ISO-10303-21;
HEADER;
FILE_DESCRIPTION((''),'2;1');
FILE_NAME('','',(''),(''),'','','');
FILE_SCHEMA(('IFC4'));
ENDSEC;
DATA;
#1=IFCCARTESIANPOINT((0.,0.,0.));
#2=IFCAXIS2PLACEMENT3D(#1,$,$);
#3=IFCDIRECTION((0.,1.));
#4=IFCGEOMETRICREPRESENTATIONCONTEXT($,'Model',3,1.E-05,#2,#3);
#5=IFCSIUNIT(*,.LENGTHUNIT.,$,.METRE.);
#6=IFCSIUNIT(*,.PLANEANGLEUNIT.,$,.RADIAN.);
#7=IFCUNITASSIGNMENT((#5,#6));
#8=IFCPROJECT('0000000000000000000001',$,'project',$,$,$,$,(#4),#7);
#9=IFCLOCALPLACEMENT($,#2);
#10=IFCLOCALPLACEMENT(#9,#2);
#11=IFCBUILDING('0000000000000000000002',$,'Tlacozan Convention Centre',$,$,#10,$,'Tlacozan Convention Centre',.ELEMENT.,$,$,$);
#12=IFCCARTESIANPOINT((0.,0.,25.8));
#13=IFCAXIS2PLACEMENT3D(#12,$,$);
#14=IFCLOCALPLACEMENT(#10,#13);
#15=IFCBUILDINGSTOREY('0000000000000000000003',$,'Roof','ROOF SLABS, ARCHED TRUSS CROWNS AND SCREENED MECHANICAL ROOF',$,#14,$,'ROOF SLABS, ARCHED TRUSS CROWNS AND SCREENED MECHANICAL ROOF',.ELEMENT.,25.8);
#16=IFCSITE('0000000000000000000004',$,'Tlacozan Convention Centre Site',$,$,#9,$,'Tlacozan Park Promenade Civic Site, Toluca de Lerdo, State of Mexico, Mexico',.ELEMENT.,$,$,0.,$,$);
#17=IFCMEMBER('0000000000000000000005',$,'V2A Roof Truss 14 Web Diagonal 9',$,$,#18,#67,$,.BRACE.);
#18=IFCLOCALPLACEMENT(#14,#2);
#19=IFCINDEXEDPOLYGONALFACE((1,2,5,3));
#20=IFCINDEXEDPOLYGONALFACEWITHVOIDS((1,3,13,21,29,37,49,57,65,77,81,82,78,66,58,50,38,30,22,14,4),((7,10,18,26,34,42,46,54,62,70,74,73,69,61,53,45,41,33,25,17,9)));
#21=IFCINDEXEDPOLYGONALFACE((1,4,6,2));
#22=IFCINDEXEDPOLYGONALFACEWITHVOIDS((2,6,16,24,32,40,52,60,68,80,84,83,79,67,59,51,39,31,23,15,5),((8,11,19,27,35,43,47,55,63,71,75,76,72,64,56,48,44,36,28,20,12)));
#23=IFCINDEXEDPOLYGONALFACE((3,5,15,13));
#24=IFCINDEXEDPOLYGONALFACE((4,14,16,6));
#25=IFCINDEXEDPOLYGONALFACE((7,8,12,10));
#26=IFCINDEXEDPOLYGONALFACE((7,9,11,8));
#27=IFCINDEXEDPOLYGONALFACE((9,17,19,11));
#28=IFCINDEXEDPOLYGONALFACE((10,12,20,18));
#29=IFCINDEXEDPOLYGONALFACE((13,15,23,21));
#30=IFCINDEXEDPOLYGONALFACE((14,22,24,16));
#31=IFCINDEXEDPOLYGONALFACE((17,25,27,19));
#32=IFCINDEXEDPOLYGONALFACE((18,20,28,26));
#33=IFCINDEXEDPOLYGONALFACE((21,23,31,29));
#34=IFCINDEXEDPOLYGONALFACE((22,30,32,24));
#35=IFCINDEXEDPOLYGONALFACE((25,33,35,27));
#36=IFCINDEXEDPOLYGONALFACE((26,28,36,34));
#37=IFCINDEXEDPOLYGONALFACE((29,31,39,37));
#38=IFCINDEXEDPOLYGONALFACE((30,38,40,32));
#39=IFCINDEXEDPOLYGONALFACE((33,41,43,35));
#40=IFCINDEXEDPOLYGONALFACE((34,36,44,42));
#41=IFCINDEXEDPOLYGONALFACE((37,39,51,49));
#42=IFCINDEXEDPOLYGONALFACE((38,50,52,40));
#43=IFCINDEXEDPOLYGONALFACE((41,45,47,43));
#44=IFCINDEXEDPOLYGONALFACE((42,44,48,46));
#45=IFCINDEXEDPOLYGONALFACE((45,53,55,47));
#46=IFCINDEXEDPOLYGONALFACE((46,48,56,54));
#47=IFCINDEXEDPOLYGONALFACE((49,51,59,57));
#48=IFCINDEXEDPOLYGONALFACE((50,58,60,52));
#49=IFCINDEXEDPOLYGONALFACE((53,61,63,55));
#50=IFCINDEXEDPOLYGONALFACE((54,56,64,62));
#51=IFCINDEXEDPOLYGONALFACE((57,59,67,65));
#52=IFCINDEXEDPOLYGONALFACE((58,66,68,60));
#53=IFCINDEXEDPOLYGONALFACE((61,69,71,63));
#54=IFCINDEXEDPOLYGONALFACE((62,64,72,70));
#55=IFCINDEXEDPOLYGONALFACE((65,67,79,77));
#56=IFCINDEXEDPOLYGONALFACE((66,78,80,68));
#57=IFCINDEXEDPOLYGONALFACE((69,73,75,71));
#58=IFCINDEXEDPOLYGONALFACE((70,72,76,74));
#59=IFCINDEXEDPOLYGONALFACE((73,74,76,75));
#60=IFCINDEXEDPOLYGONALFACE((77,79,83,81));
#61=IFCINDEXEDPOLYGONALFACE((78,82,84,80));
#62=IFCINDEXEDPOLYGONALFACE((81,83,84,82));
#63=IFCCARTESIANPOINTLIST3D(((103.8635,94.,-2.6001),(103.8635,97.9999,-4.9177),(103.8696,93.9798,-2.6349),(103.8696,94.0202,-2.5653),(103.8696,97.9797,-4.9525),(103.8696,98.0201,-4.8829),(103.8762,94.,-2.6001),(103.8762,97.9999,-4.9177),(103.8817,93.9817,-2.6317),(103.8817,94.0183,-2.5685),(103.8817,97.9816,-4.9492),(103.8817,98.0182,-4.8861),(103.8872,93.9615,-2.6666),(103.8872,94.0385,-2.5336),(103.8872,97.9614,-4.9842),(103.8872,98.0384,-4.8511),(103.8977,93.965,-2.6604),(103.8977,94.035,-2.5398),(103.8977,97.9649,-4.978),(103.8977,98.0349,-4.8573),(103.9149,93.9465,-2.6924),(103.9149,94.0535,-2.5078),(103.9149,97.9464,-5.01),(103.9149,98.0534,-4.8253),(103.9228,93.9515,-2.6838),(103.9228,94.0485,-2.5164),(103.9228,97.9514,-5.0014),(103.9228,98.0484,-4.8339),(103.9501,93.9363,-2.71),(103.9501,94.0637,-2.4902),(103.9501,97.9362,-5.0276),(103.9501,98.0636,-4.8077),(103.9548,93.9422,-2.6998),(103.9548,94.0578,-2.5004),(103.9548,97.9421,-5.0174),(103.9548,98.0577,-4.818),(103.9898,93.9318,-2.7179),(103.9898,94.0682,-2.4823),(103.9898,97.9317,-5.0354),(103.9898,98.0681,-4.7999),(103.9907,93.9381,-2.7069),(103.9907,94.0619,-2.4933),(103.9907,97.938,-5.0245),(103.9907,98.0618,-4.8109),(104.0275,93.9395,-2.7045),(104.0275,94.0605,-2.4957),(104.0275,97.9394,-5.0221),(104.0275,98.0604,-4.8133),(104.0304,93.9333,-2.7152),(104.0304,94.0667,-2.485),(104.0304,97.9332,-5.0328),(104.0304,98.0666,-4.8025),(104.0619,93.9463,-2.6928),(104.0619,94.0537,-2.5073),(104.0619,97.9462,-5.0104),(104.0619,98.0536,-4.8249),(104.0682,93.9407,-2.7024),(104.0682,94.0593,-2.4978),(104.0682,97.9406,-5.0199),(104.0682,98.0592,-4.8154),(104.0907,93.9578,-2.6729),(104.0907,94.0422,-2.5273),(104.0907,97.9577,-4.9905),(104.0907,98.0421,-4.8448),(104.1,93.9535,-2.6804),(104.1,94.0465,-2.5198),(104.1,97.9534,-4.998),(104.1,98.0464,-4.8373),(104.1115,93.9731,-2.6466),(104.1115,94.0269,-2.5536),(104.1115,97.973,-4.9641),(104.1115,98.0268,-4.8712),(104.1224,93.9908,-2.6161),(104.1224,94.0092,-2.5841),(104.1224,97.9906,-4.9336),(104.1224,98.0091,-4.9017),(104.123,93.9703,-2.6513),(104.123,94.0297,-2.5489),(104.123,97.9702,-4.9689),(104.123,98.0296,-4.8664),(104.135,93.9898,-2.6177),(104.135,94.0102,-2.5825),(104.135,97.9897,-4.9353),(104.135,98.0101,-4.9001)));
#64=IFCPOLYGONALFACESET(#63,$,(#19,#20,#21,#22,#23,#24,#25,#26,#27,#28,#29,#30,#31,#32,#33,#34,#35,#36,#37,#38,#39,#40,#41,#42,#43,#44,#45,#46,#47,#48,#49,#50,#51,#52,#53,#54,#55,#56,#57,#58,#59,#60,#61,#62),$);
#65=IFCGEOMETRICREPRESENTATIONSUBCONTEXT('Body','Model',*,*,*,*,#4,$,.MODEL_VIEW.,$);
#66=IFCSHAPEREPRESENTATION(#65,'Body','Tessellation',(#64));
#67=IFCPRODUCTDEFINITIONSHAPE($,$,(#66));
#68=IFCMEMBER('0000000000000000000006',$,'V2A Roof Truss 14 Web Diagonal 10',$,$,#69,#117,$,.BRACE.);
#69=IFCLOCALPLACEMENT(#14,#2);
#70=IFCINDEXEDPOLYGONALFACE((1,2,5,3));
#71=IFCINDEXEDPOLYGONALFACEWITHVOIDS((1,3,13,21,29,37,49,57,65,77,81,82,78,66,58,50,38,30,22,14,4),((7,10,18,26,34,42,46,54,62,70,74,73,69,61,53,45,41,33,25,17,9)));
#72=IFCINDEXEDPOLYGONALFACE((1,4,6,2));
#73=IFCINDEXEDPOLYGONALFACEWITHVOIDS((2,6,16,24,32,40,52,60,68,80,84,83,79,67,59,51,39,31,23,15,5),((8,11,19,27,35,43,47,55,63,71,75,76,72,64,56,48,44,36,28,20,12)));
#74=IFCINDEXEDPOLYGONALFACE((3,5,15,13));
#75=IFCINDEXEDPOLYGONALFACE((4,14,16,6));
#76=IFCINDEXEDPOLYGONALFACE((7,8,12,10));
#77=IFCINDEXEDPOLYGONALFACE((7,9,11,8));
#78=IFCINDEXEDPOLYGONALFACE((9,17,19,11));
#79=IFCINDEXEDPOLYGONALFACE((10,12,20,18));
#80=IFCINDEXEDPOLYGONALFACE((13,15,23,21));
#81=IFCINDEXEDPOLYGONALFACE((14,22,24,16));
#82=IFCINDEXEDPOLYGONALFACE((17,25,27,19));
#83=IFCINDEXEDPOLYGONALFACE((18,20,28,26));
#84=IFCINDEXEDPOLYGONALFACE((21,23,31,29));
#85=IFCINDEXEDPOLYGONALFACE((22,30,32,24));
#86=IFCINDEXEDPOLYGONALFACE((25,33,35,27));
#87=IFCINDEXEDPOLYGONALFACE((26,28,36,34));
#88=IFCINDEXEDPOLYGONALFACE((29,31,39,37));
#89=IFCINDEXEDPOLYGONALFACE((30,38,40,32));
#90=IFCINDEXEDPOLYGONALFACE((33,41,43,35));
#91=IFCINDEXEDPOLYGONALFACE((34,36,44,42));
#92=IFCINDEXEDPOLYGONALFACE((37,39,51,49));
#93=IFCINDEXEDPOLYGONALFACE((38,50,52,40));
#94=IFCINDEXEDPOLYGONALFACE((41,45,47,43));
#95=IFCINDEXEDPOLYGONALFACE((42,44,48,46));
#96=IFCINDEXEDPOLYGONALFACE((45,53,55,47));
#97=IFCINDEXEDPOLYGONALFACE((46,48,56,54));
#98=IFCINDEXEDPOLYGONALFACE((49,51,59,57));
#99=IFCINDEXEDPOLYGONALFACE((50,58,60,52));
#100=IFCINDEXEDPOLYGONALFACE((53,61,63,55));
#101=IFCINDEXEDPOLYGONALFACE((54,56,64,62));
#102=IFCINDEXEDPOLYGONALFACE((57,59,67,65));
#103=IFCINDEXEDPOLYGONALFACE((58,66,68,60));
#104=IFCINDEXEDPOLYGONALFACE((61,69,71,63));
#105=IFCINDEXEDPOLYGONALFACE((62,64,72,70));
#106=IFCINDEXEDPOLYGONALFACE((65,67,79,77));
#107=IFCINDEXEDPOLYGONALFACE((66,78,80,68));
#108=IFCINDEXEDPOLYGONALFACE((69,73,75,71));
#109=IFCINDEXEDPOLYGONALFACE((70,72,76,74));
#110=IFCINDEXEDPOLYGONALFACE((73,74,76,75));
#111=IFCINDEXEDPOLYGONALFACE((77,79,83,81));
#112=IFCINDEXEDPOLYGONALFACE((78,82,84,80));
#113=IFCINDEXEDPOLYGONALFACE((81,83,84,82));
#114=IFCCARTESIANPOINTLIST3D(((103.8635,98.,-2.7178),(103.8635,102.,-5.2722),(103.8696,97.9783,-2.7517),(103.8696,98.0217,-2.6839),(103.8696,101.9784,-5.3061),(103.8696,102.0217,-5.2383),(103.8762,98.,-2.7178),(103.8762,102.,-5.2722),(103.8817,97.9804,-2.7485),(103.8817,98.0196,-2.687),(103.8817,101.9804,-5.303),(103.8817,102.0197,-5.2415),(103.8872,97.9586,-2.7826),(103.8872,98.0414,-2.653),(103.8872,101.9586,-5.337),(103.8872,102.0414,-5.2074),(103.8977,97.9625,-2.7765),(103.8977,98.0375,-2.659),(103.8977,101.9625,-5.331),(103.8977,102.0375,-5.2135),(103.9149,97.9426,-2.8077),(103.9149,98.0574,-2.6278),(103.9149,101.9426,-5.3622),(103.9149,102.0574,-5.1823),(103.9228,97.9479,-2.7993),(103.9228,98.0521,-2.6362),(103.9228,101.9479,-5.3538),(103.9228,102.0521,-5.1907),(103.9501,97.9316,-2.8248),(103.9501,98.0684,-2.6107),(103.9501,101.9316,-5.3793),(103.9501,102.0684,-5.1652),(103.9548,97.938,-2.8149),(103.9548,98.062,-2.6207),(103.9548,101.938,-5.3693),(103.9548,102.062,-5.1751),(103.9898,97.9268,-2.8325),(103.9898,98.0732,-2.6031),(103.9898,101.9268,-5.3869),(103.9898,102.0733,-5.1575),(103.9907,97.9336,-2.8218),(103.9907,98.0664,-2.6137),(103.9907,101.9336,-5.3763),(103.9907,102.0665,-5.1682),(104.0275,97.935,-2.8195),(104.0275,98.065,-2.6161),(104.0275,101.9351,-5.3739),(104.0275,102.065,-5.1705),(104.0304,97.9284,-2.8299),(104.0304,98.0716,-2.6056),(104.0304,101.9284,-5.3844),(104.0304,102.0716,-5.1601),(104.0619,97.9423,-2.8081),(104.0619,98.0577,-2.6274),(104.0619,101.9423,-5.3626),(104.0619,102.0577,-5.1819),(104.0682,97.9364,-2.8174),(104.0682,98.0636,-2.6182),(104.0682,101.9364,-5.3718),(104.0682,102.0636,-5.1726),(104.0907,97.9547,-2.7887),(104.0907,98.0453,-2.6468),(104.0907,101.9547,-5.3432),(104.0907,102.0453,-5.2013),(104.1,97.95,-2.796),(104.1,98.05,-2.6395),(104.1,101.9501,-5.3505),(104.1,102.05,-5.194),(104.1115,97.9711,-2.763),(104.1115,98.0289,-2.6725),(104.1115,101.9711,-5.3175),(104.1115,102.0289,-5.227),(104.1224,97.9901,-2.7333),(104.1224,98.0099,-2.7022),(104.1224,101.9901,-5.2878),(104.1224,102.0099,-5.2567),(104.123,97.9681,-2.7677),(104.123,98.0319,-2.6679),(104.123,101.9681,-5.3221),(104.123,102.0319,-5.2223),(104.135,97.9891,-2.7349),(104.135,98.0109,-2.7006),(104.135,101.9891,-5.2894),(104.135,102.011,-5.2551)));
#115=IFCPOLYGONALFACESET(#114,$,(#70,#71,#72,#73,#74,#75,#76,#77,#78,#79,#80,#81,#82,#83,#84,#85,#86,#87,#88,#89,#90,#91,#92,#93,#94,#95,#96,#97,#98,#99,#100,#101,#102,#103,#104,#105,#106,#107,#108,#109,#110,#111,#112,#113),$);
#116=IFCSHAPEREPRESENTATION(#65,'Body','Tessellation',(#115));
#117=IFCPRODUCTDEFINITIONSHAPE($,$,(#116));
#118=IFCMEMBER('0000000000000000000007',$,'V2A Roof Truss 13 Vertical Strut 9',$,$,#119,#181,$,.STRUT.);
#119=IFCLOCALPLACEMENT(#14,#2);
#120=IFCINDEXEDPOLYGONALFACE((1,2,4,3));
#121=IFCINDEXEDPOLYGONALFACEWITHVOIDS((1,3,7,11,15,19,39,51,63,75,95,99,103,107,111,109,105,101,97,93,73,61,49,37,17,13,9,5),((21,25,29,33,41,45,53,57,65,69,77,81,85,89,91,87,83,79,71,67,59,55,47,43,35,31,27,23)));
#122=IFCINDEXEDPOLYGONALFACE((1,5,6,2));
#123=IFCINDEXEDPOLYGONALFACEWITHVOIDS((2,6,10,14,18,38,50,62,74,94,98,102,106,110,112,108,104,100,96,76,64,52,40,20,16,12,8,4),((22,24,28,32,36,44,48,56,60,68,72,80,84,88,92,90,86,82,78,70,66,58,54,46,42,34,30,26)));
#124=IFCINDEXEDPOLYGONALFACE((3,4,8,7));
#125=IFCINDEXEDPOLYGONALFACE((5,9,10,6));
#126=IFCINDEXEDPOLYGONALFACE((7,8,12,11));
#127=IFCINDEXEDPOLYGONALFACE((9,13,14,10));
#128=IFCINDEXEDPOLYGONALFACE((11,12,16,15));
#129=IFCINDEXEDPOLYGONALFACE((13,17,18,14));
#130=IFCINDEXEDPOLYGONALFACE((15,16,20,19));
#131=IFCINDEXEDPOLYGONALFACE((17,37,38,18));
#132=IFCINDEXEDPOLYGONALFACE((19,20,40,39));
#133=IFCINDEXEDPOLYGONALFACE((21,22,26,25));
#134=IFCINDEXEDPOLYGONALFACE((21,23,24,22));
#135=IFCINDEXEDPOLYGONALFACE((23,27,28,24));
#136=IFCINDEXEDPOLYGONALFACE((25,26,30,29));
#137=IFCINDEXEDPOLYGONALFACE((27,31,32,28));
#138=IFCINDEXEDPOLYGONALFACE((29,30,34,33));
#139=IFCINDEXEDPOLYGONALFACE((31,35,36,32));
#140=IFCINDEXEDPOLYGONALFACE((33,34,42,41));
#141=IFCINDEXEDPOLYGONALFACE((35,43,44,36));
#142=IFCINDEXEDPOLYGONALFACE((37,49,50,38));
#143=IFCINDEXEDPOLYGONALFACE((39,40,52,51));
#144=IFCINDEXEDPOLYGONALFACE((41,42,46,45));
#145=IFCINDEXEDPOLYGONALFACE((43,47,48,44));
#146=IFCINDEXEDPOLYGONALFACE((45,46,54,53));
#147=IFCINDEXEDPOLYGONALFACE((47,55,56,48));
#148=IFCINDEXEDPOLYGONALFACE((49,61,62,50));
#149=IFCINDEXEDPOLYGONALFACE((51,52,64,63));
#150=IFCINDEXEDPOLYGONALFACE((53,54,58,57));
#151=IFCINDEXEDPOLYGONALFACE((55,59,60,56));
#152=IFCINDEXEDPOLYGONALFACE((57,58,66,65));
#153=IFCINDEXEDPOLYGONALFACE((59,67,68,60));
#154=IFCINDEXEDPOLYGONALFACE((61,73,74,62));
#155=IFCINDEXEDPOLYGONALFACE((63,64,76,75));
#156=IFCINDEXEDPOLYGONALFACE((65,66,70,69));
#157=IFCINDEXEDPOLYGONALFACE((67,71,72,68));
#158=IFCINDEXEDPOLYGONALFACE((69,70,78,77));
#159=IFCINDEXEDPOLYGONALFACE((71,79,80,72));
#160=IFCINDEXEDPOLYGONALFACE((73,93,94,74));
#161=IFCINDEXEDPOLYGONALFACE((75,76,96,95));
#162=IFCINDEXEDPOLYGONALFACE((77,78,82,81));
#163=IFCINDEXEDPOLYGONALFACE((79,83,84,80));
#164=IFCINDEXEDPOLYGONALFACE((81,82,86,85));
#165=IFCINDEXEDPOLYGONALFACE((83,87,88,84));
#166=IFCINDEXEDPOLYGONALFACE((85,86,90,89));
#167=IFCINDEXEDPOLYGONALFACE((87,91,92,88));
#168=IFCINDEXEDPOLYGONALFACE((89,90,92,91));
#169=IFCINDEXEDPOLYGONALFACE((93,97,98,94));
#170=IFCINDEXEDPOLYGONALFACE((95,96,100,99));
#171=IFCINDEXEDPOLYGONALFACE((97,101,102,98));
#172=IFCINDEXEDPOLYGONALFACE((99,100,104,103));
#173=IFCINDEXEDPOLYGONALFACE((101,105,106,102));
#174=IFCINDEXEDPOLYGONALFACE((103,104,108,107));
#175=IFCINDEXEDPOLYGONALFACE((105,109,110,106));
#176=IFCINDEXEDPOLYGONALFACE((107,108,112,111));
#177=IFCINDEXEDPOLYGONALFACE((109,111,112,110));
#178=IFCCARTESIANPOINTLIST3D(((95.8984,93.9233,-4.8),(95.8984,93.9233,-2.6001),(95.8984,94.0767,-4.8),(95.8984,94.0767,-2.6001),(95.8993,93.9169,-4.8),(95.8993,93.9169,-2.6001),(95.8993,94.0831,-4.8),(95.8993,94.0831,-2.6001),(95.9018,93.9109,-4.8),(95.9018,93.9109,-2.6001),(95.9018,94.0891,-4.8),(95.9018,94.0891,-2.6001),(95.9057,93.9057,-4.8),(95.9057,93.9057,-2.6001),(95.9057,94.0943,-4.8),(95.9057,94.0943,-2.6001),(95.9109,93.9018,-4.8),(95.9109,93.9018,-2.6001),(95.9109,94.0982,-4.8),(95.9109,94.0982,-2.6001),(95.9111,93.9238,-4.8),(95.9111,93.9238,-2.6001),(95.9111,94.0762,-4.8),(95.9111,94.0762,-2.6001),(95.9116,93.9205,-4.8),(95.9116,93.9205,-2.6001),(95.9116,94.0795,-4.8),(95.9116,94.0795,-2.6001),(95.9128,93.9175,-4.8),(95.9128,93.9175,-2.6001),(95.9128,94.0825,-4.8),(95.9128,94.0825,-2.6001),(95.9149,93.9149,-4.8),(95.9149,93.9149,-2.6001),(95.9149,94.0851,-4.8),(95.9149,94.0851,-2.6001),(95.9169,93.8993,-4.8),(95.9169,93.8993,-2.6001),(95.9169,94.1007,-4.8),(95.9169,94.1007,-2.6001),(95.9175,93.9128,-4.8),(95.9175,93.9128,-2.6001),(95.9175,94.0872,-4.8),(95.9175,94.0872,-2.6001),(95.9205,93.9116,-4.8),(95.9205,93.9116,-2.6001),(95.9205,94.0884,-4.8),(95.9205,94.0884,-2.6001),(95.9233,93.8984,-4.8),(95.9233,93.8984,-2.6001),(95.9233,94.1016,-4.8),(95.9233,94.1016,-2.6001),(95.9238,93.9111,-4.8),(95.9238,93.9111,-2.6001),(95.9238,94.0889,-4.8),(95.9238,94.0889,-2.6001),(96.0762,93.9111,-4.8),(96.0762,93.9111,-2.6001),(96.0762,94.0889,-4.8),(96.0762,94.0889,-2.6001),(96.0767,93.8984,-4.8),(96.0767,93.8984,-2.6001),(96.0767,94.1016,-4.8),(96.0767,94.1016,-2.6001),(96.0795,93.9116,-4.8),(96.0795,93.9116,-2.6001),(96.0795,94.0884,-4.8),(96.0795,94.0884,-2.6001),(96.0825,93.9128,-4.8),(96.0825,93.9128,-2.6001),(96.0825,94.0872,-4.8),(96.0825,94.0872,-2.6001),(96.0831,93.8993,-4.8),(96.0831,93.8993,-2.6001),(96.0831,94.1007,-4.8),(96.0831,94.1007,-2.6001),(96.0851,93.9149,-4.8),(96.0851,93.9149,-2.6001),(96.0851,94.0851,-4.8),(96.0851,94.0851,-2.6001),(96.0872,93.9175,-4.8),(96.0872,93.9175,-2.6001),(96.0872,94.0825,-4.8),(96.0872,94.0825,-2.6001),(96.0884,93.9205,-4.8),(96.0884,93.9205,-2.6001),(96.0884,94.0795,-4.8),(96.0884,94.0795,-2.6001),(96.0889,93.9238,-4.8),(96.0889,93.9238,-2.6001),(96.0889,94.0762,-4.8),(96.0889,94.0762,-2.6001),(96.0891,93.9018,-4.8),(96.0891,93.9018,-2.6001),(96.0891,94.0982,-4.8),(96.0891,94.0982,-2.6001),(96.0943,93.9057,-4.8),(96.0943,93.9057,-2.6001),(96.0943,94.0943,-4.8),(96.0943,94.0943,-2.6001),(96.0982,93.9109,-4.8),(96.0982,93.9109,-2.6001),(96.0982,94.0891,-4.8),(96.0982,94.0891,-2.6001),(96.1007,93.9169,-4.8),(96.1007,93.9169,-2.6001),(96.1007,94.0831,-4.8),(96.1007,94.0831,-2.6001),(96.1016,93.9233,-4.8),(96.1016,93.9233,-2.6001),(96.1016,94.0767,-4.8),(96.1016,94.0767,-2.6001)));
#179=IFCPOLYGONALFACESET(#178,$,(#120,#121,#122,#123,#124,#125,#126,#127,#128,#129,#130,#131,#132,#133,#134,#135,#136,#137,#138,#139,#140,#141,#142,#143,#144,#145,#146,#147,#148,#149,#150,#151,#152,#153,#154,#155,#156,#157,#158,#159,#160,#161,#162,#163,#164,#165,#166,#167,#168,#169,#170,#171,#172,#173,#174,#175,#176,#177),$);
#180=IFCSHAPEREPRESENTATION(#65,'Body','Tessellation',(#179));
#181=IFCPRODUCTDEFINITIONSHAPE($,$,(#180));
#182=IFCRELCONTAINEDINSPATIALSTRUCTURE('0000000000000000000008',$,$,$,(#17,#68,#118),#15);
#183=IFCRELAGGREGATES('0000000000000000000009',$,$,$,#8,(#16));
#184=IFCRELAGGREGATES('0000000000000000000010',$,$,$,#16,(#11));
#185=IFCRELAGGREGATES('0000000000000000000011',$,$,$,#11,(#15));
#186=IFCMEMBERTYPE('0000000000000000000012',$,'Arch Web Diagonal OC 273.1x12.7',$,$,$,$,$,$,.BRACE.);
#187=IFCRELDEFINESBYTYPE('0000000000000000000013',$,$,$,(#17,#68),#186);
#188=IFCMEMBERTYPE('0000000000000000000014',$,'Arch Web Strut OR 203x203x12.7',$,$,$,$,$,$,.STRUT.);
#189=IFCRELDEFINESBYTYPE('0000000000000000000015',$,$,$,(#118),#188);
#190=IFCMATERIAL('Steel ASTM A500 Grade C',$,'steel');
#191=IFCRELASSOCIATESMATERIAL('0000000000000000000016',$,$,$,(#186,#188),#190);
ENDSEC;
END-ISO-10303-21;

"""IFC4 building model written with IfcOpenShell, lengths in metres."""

from ifc_helpers import new_model, si_unit, direction, frame, origin, origin_2d, place, context, subcontext, project, spatial, hollow_rectangle, hollow_circle, extrude, material, material_profile, profile_set, type_object, element, save


model = new_model("IFC4")

# Units and contexts
model_context = context("Model", 3, precision=1e-05, world=origin(), true_north=direction((0.0, 1.0)))
body_context = subcontext(model_context, "Body", "Model", "MODEL_VIEW")
ifc_project = project(units=[si_unit("LENGTHUNIT", "METRE"), si_unit("PLANEANGLEUNIT", "RADIAN")], contexts=[model_context])

# Site, building, storey
site_placement = place(None, origin())
site = spatial("IfcSite", under=ifc_project, at=site_placement, Name="Tlacozan Convention Centre Site", LongName="Tlacozan Park Promenade Civic Site, Toluca de Lerdo, State of Mexico, Mexico", CompositionType="ELEMENT", RefElevation=0.0)
building_placement = place(site_placement, origin())
building = spatial("IfcBuilding", under=site, at=building_placement, Name="Tlacozan Convention Centre", LongName="Tlacozan Convention Centre", CompositionType="ELEMENT")
storey_placement = place(building_placement, frame((0.0, 0.0, 25.8)))
storey = spatial("IfcBuildingStorey", under=building, at=storey_placement, Name="Roof", Description="ROOF SLABS, ARCHED TRUSS CROWNS AND SCREENED MECHANICAL ROOF", LongName="ROOF SLABS, ARCHED TRUSS CROWNS AND SCREENED MECHANICAL ROOF", CompositionType="ELEMENT", Elevation=25.8)

# Members
ifc_material_1 = material(Name="Steel ASTM A500 Grade C", Category="steel")
ifc_material_profile_1 = material_profile(ifc_material_1, hollow_circle(Radius=0.1365, WallThickness=0.0127, at=origin_2d()), Name="OC 273.1x12.7")
ifc_profile_set_1 = profile_set([ifc_material_profile_1], Name="Steel ASTM A500 Grade C")
member_type_1 = type_object("IfcMemberType", Name="Arch Web Diagonal OC 273.1x12.7", PredefinedType="BRACE", material=ifc_profile_set_1)
member_1_placement = place(storey_placement, frame((104.0, 94.0, -2.6001), z_axis=(0.0, 0.865254, -0.501334), x_axis=(-1.0, 0.0, 0.0)))
element("IfcMember", 1, at=member_1_placement, inside=storey, type_object=member_type_1, Name="V2A Roof Truss 14 Web Diagonal 9", PredefinedType="BRACE", context=body_context, shape_type="SweptSolid", body=[
    extrude(hollow_circle(Radius=0.1365, WallThickness=0.0127, at=origin_2d()), origin(), (0.0, 0.0, 1.0), 4.6228),
])
member_2_placement = place(storey_placement, frame((104.0, 98.0, -2.7178), z_axis=(0.0, 0.842803, -0.538223), x_axis=(-1.0, 0.0, 0.0)))
element("IfcMember", 2, at=member_2_placement, inside=storey, type_object=member_type_1, Name="V2A Roof Truss 14 Web Diagonal 10", PredefinedType="BRACE", context=body_context, shape_type="SweptSolid", body=[
    extrude(hollow_circle(Radius=0.1365, WallThickness=0.0127, at=origin_2d()), origin(), (0.0, 0.0, 1.0), 4.7461),
])
ifc_material_profile_2 = material_profile(ifc_material_1, hollow_rectangle(XDim=0.2031, YDim=0.2031, WallThickness=0.0127, InnerFilletRadius=0.0127, OuterFilletRadius=0.0249, at=origin_2d()), Name="OR 203x203x12.7")
ifc_profile_set_2 = profile_set([ifc_material_profile_2], Name="Steel ASTM A500 Grade C")
member_type_2 = type_object("IfcMemberType", Name="Arch Web Strut OR 203x203x12.7", PredefinedType="STRUT", material=ifc_profile_set_2)
member_3_placement = place(storey_placement, frame((96.0, 94.0, -4.8), z_axis=(0.0, 0.0, 1.0), x_axis=(1.0, 0.0, 0.0)))
element("IfcMember", 3, at=member_3_placement, inside=storey, type_object=member_type_2, Name="V2A Roof Truss 13 Vertical Strut 9", PredefinedType="STRUT", context=body_context, shape_type="SweptSolid", body=[
    extrude(hollow_rectangle(XDim=0.2031, YDim=0.2031, WallThickness=0.0127, InnerFilletRadius=0.0127, OuterFilletRadius=0.0249, at=origin_2d()), origin(), (0.0, 0.0, 1.0), 2.2),
])

save(model, "model.ifc")
